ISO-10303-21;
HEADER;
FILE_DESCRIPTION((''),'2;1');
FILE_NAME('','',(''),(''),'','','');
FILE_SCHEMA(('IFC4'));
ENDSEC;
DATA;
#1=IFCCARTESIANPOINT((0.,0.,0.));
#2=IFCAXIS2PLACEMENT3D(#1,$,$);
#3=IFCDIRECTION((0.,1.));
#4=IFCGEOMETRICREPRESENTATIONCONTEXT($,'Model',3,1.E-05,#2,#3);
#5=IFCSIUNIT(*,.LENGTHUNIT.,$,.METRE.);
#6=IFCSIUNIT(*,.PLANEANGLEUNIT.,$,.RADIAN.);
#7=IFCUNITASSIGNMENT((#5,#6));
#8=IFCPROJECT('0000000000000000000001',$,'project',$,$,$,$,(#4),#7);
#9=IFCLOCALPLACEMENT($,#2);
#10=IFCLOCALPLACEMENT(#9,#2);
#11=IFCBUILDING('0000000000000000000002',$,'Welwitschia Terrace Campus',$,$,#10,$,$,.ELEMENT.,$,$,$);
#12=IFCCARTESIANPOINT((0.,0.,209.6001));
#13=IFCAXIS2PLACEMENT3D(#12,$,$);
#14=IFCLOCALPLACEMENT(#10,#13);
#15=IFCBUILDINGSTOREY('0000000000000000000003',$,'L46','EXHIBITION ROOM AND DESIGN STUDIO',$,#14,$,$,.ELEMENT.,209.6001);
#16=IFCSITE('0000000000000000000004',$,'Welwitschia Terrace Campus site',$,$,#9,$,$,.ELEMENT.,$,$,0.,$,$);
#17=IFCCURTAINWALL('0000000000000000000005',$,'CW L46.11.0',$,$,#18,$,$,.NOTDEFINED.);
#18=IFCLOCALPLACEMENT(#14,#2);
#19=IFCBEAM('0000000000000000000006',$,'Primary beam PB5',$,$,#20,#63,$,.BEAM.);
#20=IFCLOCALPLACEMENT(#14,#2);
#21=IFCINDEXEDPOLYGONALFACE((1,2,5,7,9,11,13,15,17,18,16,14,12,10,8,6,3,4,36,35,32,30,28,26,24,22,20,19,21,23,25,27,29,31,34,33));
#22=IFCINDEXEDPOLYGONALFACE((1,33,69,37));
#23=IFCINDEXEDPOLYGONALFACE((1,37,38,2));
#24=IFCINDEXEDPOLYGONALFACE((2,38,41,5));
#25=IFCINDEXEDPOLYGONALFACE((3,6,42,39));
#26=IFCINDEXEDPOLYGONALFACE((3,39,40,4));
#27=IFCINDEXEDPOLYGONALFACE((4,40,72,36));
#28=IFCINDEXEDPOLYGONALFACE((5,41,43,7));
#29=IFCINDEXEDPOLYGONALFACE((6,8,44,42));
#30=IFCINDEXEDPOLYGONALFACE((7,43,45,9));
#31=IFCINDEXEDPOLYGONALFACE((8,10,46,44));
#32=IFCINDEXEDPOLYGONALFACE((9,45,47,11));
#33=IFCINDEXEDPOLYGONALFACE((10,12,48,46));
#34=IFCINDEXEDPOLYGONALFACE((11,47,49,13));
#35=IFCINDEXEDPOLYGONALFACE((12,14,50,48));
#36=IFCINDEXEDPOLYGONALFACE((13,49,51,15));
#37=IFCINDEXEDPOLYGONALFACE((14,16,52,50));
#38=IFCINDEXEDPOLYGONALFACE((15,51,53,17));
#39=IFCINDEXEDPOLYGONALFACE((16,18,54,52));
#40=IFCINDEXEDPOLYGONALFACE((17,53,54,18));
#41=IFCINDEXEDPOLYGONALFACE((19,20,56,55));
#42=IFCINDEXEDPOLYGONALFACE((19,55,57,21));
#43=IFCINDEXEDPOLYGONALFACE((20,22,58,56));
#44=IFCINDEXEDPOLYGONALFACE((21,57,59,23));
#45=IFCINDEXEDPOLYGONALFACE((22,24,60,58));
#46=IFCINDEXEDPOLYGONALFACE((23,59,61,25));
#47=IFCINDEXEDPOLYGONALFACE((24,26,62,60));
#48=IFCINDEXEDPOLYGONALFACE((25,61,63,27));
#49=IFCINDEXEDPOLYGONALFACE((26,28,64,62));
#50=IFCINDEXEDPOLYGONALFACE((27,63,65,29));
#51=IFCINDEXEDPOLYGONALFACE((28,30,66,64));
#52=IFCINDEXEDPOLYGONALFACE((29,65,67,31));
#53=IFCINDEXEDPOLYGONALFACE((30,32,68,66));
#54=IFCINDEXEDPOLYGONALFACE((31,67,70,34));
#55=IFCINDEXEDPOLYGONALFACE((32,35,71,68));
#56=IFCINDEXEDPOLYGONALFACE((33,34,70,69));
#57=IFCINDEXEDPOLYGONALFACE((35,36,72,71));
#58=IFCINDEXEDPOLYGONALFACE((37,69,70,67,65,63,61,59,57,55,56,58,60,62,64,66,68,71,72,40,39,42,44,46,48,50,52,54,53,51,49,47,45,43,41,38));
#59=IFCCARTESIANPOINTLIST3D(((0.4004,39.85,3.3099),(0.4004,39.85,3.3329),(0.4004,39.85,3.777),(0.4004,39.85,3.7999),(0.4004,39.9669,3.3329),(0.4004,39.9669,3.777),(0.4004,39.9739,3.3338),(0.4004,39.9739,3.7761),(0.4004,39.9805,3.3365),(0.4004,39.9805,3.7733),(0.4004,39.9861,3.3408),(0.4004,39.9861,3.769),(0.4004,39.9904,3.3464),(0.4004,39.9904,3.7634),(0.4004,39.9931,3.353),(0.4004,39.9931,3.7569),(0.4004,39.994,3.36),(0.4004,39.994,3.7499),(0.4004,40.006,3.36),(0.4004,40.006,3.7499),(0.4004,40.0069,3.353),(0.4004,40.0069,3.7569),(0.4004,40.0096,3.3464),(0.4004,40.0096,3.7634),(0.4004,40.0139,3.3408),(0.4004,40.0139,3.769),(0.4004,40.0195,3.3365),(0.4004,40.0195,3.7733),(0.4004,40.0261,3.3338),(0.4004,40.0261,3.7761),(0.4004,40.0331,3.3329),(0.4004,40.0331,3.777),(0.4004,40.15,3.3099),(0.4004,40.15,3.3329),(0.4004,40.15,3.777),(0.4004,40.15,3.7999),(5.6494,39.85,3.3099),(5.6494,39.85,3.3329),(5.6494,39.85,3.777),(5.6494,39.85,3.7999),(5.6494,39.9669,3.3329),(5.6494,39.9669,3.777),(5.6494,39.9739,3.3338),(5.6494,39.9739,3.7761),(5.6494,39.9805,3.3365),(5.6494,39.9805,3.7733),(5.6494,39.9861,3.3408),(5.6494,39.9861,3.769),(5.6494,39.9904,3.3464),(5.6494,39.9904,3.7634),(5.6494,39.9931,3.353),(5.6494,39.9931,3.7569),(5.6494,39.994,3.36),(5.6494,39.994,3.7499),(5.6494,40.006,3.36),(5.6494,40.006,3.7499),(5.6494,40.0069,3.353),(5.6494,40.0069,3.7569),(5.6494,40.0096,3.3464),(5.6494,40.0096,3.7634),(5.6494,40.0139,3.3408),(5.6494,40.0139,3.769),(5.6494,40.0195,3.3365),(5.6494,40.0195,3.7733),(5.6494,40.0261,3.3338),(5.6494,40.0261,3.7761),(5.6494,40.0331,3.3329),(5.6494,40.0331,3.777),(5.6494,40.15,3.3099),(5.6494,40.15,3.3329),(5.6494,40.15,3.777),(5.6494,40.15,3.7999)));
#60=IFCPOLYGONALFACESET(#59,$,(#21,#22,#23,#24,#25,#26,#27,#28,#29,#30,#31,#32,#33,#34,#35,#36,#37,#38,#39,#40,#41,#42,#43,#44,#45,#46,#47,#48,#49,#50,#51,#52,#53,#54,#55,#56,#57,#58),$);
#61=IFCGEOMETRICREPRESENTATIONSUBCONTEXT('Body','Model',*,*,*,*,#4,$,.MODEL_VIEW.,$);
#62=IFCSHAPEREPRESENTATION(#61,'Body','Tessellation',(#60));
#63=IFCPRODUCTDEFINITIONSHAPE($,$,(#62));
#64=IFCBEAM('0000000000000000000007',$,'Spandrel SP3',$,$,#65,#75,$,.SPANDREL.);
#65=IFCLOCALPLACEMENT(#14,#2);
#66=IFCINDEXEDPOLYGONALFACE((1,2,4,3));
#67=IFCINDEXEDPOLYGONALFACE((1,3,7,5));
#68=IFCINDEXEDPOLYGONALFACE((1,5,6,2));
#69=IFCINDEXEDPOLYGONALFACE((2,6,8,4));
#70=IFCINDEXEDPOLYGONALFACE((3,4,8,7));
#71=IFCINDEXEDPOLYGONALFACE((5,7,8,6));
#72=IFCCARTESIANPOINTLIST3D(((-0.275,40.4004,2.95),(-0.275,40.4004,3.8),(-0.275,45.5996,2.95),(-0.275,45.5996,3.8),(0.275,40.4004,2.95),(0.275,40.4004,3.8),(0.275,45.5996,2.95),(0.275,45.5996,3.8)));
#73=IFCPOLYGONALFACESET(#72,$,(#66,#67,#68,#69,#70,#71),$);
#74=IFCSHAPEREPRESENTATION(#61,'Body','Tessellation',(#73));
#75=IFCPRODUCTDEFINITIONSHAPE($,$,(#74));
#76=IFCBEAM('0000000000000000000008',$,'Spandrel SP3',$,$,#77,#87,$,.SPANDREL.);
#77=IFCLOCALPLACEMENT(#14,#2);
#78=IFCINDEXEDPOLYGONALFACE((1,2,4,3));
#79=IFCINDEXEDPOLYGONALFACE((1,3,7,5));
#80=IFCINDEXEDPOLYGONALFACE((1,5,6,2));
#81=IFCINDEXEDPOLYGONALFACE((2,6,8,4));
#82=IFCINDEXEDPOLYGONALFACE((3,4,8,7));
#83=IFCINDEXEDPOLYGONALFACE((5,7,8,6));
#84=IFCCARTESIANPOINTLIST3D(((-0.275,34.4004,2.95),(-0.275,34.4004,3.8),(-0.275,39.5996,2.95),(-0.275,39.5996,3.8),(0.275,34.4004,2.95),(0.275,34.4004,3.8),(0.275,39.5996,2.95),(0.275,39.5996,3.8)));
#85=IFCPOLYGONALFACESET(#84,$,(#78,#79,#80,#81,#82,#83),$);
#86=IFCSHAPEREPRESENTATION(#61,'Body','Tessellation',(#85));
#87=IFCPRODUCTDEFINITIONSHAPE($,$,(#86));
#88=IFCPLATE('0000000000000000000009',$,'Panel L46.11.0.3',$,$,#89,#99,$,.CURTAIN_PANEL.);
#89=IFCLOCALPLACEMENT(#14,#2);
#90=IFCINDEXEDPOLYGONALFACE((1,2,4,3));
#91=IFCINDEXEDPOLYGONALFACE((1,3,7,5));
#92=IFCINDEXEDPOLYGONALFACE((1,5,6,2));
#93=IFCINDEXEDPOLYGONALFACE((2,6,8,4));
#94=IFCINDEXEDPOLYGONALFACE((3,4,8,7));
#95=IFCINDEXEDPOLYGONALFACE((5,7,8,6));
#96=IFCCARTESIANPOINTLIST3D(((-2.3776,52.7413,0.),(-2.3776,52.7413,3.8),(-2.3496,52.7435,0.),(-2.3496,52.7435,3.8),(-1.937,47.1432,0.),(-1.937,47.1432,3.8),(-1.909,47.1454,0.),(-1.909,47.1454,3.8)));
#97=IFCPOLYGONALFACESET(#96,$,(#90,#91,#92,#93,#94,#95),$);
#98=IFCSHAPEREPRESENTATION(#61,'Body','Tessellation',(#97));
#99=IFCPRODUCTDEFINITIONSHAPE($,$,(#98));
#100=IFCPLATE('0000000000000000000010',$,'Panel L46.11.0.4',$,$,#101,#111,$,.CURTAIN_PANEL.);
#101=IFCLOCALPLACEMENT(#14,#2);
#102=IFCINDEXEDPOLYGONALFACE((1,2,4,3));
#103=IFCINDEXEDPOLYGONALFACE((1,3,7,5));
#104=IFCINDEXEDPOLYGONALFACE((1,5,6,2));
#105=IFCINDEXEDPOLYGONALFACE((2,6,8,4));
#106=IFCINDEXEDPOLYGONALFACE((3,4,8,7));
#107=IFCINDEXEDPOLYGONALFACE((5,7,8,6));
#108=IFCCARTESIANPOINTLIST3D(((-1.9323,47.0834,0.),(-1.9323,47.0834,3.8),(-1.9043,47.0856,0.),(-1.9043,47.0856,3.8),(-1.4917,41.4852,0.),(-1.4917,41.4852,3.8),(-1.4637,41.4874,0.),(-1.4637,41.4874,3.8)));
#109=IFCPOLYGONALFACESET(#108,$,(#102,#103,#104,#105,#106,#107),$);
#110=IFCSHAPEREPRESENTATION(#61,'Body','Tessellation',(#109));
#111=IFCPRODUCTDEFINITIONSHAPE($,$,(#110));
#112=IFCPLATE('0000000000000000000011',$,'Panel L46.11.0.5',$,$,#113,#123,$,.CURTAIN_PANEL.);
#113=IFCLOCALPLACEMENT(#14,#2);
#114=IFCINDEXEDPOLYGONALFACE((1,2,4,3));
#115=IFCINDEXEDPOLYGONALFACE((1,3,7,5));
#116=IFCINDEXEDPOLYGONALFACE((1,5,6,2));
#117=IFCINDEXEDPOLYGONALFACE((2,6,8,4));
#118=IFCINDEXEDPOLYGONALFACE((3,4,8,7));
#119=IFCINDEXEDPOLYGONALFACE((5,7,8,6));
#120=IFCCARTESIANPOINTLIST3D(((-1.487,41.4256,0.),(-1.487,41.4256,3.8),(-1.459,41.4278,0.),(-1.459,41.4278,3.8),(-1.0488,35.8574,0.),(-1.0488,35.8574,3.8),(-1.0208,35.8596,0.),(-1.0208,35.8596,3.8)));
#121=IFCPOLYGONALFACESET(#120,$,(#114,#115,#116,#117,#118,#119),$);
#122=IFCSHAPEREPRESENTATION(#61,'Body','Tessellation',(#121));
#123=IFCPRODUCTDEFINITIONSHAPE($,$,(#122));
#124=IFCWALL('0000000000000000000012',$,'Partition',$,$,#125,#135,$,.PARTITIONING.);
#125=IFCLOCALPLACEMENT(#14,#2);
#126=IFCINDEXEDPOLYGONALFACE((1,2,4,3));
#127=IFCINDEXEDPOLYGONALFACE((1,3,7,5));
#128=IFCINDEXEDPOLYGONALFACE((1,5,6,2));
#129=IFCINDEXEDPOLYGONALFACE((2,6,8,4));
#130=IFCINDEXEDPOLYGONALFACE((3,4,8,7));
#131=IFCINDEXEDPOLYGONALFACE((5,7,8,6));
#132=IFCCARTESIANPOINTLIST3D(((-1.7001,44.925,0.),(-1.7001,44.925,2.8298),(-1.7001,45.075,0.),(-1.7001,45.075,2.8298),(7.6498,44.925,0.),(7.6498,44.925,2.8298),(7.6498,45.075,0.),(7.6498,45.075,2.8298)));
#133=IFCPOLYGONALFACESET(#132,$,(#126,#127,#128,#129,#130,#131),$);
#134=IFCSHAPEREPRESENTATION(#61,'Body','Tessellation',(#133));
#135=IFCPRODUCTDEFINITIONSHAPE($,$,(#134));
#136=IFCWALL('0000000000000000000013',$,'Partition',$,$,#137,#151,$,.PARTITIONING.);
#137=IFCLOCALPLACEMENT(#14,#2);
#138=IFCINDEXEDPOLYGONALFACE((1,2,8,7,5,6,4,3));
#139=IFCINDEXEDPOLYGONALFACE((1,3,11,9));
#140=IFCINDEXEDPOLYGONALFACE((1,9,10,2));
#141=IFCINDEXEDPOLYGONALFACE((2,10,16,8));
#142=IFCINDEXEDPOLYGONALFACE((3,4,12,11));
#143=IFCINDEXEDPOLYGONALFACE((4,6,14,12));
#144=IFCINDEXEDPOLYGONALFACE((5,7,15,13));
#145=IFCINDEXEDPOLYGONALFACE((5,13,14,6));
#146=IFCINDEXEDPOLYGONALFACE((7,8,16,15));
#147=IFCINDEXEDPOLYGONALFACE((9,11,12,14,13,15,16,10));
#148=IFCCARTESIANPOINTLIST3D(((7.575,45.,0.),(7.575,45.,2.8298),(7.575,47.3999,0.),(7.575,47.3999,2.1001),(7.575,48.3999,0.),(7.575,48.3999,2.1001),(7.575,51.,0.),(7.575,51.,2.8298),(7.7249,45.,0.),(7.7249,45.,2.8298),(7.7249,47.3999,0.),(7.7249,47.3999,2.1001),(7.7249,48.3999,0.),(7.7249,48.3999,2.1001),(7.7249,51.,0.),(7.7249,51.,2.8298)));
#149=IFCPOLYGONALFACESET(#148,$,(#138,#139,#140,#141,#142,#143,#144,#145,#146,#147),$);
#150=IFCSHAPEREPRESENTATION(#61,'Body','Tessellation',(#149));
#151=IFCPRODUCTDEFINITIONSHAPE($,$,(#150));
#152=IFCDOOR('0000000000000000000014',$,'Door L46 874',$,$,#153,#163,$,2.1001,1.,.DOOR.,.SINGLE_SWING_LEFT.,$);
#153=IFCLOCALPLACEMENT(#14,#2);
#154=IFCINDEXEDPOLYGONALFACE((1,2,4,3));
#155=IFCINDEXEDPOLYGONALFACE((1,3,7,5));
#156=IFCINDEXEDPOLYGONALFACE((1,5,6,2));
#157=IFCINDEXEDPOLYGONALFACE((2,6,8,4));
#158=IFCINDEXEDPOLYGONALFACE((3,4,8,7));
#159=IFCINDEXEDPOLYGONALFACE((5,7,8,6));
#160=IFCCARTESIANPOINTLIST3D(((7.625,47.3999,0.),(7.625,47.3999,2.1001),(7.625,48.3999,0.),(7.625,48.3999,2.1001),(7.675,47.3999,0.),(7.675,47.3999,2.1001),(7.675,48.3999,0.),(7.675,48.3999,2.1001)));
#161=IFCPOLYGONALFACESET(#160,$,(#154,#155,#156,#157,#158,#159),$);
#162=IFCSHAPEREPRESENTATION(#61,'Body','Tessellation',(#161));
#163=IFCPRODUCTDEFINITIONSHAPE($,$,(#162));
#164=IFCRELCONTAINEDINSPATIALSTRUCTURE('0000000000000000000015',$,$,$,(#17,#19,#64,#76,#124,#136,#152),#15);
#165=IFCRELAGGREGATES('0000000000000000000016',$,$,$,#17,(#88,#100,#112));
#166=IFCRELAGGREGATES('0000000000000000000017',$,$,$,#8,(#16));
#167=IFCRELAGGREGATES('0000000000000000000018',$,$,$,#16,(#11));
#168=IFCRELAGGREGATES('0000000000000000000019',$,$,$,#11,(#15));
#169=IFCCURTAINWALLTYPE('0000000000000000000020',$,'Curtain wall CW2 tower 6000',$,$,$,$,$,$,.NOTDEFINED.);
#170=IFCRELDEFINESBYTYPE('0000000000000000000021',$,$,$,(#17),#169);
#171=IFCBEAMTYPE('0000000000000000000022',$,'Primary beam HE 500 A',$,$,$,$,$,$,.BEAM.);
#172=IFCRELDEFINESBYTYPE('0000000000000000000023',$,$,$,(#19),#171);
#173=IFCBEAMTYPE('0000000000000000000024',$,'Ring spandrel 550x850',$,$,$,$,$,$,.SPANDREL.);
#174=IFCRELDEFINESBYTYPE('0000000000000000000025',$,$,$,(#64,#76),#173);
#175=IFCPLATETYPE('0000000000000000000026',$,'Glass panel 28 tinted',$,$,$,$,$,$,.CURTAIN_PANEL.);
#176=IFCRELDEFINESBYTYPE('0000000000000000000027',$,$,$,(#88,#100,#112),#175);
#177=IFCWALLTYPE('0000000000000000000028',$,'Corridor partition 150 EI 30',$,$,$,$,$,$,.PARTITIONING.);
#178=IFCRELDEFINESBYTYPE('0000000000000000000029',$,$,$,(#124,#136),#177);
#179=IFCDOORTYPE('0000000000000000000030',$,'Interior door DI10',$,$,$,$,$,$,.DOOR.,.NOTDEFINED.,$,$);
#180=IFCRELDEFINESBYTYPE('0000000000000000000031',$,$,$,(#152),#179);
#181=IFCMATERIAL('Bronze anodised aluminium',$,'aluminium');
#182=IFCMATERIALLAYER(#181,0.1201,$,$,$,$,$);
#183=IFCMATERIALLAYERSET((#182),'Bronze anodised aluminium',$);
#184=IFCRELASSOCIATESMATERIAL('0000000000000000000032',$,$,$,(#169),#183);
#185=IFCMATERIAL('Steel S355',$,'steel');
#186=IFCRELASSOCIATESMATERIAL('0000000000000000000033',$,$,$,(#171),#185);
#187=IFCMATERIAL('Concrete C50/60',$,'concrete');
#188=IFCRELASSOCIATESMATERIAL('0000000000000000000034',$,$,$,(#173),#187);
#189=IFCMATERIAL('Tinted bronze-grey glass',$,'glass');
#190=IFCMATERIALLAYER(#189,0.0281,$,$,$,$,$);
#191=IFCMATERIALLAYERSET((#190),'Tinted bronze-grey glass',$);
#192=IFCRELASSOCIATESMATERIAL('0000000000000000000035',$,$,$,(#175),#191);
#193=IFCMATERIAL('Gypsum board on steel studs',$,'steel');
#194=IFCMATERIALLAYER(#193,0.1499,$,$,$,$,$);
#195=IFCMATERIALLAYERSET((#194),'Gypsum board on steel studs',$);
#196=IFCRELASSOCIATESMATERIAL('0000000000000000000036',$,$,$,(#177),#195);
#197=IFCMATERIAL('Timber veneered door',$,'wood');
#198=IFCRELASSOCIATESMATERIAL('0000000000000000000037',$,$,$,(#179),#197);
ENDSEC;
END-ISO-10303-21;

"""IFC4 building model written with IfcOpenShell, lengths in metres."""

from ifc_helpers import new_model, si_unit, direction, frame, frame_2d, origin, origin_2d, place, context, subcontext, project, spatial, rectangle, i_section, extrude, material, layer, layer_set, material_profile, profile_set, type_object, element, fill, aggregate, save


model = new_model("IFC4")

# Units and contexts
model_context = context("Model", 3, precision=1e-05, world=origin(), true_north=direction((0.0, 1.0)))
body_context = subcontext(model_context, "Body", "Model", "MODEL_VIEW")
ifc_project = project(units=[si_unit("LENGTHUNIT", "METRE"), si_unit("PLANEANGLEUNIT", "RADIAN")], contexts=[model_context])

# Site, building, storey
site_placement = place(None, origin())
site = spatial("IfcSite", under=ifc_project, at=site_placement, Name="Welwitschia Terrace Campus site", CompositionType="ELEMENT", RefElevation=0.0)
building_placement = place(site_placement, origin())
building = spatial("IfcBuilding", under=site, at=building_placement, Name="Welwitschia Terrace Campus", CompositionType="ELEMENT")
storey_placement = place(building_placement, frame((0.0, 0.0, 209.6001)))
storey = spatial("IfcBuildingStorey", under=building, at=storey_placement, Name="L46", Description="EXHIBITION ROOM AND DESIGN STUDIO", CompositionType="ELEMENT", Elevation=209.6001)

# Curtain wall
ifc_material_1 = material(Name="Bronze anodised aluminium", Category="aluminium")
ifc_layer_1 = layer(ifc_material_1, 0.1201)
ifc_layer_set_1 = layer_set([ifc_layer_1], Name="Bronze anodised aluminium")
curtain_wall_type = type_object("IfcCurtainWallType", Name="Curtain wall CW2 tower 6000", PredefinedType="NOTDEFINED", material=ifc_layer_set_1)
curtain_wall_placement = place(storey_placement, origin())
curtain_wall = element("IfcCurtainWall", 1, at=curtain_wall_placement, inside=storey, type_object=curtain_wall_type, Name="CW L46.11.0", PredefinedType="NOTDEFINED")

# Beams
ifc_material_2 = material(Name="Steel S355", Category="steel")
ifc_material_profile_1 = material_profile(ifc_material_2, i_section(OverallWidth=0.3, OverallDepth=0.49, WebThickness=0.012, FlangeThickness=0.0229, FilletRadius=0.0271, at=origin_2d()))
ifc_profile_set_1 = profile_set([ifc_material_profile_1], Name="Steel S355")
beam_type_1 = type_object("IfcBeamType", Name="Primary beam HE 500 A", PredefinedType="BEAM", material=ifc_profile_set_1)
beam_1_placement = place(storey_placement, frame((0.4004, 40.0, 3.5549), z_axis=(1.0, 0.0, 0.0), x_axis=(0.0, 1.0, 0.0)))
element("IfcBeam", 2, at=beam_1_placement, inside=storey, type_object=beam_type_1, Name="Primary beam PB5", PredefinedType="BEAM", context=body_context, shape_type="SweptSolid", body=[
    extrude(i_section(OverallWidth=0.3, OverallDepth=0.49, WebThickness=0.012, FlangeThickness=0.0229, FilletRadius=0.0271, at=origin_2d()), origin(), (0.0, 0.0, 1.0), 5.249),
])
ifc_material_3 = material(Name="Concrete C50/60", Category="concrete")
ifc_material_profile_2 = material_profile(ifc_material_3, rectangle(XDim=0.55, YDim=0.8501, at=origin_2d()))
ifc_profile_set_2 = profile_set([ifc_material_profile_2], Name="Concrete C50/60")
beam_type_2 = type_object("IfcBeamType", Name="Ring spandrel 550x850", PredefinedType="SPANDREL", material=ifc_profile_set_2)
for number, where, z_axis, x_axis, name in (
    (3, (0.0, 45.5996, 3.375), (0.0, -1.0, 0.0), (1.0, 0.0, 0.0), "Spandrel SP3"),
    (4, (0.0, 39.5996, 3.375), (0.0, -1.0, 0.0), (1.0, 0.0, 0.0), "Spandrel SP3"),
):
    element("IfcBeam", number, at=place(storey_placement, frame(where, z_axis=z_axis, x_axis=x_axis)), inside=storey, type_object=beam_type_2, Name=name, PredefinedType="SPANDREL", context=body_context, shape_type="SweptSolid", body=[
        extrude(rectangle(XDim=0.55, YDim=0.8501, at=origin_2d()), origin(), (0.0, 0.0, 1.0), 5.1992),
    ])

# Plates
ifc_material_4 = material(Name="Tinted bronze-grey glass", Category="glass")
ifc_layer_2 = layer(ifc_material_4, 0.0281)
ifc_layer_set_2 = layer_set([ifc_layer_2], Name="Tinted bronze-grey glass")
plate_type = type_object("IfcPlateType", Name="Glass panel 28 tinted", PredefinedType="CURTAIN_PANEL", material=ifc_layer_set_2)
plate_1_placement = place(storey_placement, frame((-2.1433, 49.9434, 0.0), z_axis=(0.0, 0.0, 1.0), x_axis=(0.078459, -0.996917, 0.0)))
plate_1 = element("IfcPlate", 5, at=plate_1_placement, type_object=plate_type, Name="Panel L46.11.0.3", PredefinedType="CURTAIN_PANEL", context=body_context, shape_type="SweptSolid", body=[
    extrude(rectangle(XDim=5.6155, YDim=0.0281, at=origin_2d()), origin(), (0.0, 0.0, 1.0), 3.8),
])
plate_2_placement = place(storey_placement, frame((-1.698, 44.2854, 0.0), z_axis=(0.0, 0.0, 1.0), x_axis=(0.078459, -0.996917, 0.0)))
plate_2 = element("IfcPlate", 6, at=plate_2_placement, type_object=plate_type, Name="Panel L46.11.0.4", PredefinedType="CURTAIN_PANEL", context=body_context, shape_type="SweptSolid", body=[
    extrude(rectangle(XDim=5.6155, YDim=0.0281, at=origin_2d()), origin(), (0.0, 0.0, 1.0), 3.8),
])
plate_3_placement = place(storey_placement, frame((-1.2539, 38.6426, 0.0), z_axis=(0.0, 0.0, 1.0), x_axis=(0.078459, -0.996917, 0.0)))
plate_3 = element("IfcPlate", 7, at=plate_3_placement, type_object=plate_type, Name="Panel L46.11.0.5", PredefinedType="CURTAIN_PANEL", context=body_context, shape_type="SweptSolid", body=[
    extrude(rectangle(XDim=5.5854, YDim=0.0281, at=origin_2d()), origin(), (0.0, 0.0, 1.0), 3.8),
])
aggregate(curtain_wall, [plate_1, plate_2, plate_3])

# Wall
ifc_material_5 = material(Name="Gypsum board on steel studs", Category="steel")
ifc_layer_3 = layer(ifc_material_5, 0.1499)
ifc_layer_set_3 = layer_set([ifc_layer_3], Name="Gypsum board on steel studs")
wall_type = type_object("IfcWallType", Name="Corridor partition 150 EI 30", PredefinedType="PARTITIONING", material=ifc_layer_set_3)
wall_1_placement = place(storey_placement, frame((-1.7, 45.0, 0.0), z_axis=(0.0, 0.0, 1.0), x_axis=(1.0, 0.0, 0.0)))
element("IfcWall", 8, at=wall_1_placement, inside=storey, type_object=wall_type, Name="Partition", PredefinedType="PARTITIONING", context=body_context, shape_type="SweptSolid", body=[
    extrude(rectangle(XDim=9.3499, YDim=0.1499, at=frame_2d((4.6748, 0.0))), origin(), (0.0, 0.0, 1.0), 2.8298),
])

# Wall, opening, door
wall_2_placement = place(storey_placement, frame((7.6499, 45.0, 0.0), z_axis=(0.0, 0.0, 1.0), x_axis=(0.0, 1.0, 0.0)))
wall_2 = element("IfcWall", 9, at=wall_2_placement, inside=storey, type_object=wall_type, Name="Partition", PredefinedType="PARTITIONING", context=body_context, shape_type="SweptSolid", body=[
    extrude(rectangle(XDim=6.0, YDim=0.1499, at=frame_2d((3.0, 0.0))), origin(), (0.0, 0.0, 1.0), 2.8298),
])
opening_1_placement = place(wall_2_placement, frame((2.3999, 0.0, 0.0)))
opening_1 = element("IfcOpeningElement", 10, at=opening_1_placement, cuts=wall_2, PredefinedType="OPENING", context=body_context, shape_type="SweptSolid", body=[
    extrude(rectangle(XDim=1.0, YDim=2.1001, at=frame_2d((0.5, 1.05))), frame((0.0, 0.085, 0.0), z_axis=(0.0, -1.0, 0.0), x_axis=(1.0, 0.0, 0.0)), (0.0, 0.0, 1.0), 0.1699),
])
ifc_material_6 = material(Name="Timber veneered door", Category="wood")
door_type_1 = type_object("IfcDoorType", Name="Interior door DI10", OperationType="NOTDEFINED", PredefinedType="DOOR", material=ifc_material_6)
door_1_placement = place(opening_1_placement, origin())
door_1 = element("IfcDoor", 11, at=door_1_placement, inside=storey, type_object=door_type_1, Name="Door L46 874", OperationType="SINGLE_SWING_LEFT", OverallHeight=2.1001, OverallWidth=1.0, PredefinedType="DOOR", context=body_context, shape_type="SweptSolid", body=[
    extrude(rectangle(XDim=1.0, YDim=2.1001, at=frame_2d((0.5, 1.05))), frame((0.0, 0.0249, 0.0), z_axis=(0.0, -1.0, 0.0), x_axis=(1.0, 0.0, 0.0)), (0.0, 0.0, 1.0), 0.05),
])
fill(opening_1, door_1)

save(model, "model.ifc")
